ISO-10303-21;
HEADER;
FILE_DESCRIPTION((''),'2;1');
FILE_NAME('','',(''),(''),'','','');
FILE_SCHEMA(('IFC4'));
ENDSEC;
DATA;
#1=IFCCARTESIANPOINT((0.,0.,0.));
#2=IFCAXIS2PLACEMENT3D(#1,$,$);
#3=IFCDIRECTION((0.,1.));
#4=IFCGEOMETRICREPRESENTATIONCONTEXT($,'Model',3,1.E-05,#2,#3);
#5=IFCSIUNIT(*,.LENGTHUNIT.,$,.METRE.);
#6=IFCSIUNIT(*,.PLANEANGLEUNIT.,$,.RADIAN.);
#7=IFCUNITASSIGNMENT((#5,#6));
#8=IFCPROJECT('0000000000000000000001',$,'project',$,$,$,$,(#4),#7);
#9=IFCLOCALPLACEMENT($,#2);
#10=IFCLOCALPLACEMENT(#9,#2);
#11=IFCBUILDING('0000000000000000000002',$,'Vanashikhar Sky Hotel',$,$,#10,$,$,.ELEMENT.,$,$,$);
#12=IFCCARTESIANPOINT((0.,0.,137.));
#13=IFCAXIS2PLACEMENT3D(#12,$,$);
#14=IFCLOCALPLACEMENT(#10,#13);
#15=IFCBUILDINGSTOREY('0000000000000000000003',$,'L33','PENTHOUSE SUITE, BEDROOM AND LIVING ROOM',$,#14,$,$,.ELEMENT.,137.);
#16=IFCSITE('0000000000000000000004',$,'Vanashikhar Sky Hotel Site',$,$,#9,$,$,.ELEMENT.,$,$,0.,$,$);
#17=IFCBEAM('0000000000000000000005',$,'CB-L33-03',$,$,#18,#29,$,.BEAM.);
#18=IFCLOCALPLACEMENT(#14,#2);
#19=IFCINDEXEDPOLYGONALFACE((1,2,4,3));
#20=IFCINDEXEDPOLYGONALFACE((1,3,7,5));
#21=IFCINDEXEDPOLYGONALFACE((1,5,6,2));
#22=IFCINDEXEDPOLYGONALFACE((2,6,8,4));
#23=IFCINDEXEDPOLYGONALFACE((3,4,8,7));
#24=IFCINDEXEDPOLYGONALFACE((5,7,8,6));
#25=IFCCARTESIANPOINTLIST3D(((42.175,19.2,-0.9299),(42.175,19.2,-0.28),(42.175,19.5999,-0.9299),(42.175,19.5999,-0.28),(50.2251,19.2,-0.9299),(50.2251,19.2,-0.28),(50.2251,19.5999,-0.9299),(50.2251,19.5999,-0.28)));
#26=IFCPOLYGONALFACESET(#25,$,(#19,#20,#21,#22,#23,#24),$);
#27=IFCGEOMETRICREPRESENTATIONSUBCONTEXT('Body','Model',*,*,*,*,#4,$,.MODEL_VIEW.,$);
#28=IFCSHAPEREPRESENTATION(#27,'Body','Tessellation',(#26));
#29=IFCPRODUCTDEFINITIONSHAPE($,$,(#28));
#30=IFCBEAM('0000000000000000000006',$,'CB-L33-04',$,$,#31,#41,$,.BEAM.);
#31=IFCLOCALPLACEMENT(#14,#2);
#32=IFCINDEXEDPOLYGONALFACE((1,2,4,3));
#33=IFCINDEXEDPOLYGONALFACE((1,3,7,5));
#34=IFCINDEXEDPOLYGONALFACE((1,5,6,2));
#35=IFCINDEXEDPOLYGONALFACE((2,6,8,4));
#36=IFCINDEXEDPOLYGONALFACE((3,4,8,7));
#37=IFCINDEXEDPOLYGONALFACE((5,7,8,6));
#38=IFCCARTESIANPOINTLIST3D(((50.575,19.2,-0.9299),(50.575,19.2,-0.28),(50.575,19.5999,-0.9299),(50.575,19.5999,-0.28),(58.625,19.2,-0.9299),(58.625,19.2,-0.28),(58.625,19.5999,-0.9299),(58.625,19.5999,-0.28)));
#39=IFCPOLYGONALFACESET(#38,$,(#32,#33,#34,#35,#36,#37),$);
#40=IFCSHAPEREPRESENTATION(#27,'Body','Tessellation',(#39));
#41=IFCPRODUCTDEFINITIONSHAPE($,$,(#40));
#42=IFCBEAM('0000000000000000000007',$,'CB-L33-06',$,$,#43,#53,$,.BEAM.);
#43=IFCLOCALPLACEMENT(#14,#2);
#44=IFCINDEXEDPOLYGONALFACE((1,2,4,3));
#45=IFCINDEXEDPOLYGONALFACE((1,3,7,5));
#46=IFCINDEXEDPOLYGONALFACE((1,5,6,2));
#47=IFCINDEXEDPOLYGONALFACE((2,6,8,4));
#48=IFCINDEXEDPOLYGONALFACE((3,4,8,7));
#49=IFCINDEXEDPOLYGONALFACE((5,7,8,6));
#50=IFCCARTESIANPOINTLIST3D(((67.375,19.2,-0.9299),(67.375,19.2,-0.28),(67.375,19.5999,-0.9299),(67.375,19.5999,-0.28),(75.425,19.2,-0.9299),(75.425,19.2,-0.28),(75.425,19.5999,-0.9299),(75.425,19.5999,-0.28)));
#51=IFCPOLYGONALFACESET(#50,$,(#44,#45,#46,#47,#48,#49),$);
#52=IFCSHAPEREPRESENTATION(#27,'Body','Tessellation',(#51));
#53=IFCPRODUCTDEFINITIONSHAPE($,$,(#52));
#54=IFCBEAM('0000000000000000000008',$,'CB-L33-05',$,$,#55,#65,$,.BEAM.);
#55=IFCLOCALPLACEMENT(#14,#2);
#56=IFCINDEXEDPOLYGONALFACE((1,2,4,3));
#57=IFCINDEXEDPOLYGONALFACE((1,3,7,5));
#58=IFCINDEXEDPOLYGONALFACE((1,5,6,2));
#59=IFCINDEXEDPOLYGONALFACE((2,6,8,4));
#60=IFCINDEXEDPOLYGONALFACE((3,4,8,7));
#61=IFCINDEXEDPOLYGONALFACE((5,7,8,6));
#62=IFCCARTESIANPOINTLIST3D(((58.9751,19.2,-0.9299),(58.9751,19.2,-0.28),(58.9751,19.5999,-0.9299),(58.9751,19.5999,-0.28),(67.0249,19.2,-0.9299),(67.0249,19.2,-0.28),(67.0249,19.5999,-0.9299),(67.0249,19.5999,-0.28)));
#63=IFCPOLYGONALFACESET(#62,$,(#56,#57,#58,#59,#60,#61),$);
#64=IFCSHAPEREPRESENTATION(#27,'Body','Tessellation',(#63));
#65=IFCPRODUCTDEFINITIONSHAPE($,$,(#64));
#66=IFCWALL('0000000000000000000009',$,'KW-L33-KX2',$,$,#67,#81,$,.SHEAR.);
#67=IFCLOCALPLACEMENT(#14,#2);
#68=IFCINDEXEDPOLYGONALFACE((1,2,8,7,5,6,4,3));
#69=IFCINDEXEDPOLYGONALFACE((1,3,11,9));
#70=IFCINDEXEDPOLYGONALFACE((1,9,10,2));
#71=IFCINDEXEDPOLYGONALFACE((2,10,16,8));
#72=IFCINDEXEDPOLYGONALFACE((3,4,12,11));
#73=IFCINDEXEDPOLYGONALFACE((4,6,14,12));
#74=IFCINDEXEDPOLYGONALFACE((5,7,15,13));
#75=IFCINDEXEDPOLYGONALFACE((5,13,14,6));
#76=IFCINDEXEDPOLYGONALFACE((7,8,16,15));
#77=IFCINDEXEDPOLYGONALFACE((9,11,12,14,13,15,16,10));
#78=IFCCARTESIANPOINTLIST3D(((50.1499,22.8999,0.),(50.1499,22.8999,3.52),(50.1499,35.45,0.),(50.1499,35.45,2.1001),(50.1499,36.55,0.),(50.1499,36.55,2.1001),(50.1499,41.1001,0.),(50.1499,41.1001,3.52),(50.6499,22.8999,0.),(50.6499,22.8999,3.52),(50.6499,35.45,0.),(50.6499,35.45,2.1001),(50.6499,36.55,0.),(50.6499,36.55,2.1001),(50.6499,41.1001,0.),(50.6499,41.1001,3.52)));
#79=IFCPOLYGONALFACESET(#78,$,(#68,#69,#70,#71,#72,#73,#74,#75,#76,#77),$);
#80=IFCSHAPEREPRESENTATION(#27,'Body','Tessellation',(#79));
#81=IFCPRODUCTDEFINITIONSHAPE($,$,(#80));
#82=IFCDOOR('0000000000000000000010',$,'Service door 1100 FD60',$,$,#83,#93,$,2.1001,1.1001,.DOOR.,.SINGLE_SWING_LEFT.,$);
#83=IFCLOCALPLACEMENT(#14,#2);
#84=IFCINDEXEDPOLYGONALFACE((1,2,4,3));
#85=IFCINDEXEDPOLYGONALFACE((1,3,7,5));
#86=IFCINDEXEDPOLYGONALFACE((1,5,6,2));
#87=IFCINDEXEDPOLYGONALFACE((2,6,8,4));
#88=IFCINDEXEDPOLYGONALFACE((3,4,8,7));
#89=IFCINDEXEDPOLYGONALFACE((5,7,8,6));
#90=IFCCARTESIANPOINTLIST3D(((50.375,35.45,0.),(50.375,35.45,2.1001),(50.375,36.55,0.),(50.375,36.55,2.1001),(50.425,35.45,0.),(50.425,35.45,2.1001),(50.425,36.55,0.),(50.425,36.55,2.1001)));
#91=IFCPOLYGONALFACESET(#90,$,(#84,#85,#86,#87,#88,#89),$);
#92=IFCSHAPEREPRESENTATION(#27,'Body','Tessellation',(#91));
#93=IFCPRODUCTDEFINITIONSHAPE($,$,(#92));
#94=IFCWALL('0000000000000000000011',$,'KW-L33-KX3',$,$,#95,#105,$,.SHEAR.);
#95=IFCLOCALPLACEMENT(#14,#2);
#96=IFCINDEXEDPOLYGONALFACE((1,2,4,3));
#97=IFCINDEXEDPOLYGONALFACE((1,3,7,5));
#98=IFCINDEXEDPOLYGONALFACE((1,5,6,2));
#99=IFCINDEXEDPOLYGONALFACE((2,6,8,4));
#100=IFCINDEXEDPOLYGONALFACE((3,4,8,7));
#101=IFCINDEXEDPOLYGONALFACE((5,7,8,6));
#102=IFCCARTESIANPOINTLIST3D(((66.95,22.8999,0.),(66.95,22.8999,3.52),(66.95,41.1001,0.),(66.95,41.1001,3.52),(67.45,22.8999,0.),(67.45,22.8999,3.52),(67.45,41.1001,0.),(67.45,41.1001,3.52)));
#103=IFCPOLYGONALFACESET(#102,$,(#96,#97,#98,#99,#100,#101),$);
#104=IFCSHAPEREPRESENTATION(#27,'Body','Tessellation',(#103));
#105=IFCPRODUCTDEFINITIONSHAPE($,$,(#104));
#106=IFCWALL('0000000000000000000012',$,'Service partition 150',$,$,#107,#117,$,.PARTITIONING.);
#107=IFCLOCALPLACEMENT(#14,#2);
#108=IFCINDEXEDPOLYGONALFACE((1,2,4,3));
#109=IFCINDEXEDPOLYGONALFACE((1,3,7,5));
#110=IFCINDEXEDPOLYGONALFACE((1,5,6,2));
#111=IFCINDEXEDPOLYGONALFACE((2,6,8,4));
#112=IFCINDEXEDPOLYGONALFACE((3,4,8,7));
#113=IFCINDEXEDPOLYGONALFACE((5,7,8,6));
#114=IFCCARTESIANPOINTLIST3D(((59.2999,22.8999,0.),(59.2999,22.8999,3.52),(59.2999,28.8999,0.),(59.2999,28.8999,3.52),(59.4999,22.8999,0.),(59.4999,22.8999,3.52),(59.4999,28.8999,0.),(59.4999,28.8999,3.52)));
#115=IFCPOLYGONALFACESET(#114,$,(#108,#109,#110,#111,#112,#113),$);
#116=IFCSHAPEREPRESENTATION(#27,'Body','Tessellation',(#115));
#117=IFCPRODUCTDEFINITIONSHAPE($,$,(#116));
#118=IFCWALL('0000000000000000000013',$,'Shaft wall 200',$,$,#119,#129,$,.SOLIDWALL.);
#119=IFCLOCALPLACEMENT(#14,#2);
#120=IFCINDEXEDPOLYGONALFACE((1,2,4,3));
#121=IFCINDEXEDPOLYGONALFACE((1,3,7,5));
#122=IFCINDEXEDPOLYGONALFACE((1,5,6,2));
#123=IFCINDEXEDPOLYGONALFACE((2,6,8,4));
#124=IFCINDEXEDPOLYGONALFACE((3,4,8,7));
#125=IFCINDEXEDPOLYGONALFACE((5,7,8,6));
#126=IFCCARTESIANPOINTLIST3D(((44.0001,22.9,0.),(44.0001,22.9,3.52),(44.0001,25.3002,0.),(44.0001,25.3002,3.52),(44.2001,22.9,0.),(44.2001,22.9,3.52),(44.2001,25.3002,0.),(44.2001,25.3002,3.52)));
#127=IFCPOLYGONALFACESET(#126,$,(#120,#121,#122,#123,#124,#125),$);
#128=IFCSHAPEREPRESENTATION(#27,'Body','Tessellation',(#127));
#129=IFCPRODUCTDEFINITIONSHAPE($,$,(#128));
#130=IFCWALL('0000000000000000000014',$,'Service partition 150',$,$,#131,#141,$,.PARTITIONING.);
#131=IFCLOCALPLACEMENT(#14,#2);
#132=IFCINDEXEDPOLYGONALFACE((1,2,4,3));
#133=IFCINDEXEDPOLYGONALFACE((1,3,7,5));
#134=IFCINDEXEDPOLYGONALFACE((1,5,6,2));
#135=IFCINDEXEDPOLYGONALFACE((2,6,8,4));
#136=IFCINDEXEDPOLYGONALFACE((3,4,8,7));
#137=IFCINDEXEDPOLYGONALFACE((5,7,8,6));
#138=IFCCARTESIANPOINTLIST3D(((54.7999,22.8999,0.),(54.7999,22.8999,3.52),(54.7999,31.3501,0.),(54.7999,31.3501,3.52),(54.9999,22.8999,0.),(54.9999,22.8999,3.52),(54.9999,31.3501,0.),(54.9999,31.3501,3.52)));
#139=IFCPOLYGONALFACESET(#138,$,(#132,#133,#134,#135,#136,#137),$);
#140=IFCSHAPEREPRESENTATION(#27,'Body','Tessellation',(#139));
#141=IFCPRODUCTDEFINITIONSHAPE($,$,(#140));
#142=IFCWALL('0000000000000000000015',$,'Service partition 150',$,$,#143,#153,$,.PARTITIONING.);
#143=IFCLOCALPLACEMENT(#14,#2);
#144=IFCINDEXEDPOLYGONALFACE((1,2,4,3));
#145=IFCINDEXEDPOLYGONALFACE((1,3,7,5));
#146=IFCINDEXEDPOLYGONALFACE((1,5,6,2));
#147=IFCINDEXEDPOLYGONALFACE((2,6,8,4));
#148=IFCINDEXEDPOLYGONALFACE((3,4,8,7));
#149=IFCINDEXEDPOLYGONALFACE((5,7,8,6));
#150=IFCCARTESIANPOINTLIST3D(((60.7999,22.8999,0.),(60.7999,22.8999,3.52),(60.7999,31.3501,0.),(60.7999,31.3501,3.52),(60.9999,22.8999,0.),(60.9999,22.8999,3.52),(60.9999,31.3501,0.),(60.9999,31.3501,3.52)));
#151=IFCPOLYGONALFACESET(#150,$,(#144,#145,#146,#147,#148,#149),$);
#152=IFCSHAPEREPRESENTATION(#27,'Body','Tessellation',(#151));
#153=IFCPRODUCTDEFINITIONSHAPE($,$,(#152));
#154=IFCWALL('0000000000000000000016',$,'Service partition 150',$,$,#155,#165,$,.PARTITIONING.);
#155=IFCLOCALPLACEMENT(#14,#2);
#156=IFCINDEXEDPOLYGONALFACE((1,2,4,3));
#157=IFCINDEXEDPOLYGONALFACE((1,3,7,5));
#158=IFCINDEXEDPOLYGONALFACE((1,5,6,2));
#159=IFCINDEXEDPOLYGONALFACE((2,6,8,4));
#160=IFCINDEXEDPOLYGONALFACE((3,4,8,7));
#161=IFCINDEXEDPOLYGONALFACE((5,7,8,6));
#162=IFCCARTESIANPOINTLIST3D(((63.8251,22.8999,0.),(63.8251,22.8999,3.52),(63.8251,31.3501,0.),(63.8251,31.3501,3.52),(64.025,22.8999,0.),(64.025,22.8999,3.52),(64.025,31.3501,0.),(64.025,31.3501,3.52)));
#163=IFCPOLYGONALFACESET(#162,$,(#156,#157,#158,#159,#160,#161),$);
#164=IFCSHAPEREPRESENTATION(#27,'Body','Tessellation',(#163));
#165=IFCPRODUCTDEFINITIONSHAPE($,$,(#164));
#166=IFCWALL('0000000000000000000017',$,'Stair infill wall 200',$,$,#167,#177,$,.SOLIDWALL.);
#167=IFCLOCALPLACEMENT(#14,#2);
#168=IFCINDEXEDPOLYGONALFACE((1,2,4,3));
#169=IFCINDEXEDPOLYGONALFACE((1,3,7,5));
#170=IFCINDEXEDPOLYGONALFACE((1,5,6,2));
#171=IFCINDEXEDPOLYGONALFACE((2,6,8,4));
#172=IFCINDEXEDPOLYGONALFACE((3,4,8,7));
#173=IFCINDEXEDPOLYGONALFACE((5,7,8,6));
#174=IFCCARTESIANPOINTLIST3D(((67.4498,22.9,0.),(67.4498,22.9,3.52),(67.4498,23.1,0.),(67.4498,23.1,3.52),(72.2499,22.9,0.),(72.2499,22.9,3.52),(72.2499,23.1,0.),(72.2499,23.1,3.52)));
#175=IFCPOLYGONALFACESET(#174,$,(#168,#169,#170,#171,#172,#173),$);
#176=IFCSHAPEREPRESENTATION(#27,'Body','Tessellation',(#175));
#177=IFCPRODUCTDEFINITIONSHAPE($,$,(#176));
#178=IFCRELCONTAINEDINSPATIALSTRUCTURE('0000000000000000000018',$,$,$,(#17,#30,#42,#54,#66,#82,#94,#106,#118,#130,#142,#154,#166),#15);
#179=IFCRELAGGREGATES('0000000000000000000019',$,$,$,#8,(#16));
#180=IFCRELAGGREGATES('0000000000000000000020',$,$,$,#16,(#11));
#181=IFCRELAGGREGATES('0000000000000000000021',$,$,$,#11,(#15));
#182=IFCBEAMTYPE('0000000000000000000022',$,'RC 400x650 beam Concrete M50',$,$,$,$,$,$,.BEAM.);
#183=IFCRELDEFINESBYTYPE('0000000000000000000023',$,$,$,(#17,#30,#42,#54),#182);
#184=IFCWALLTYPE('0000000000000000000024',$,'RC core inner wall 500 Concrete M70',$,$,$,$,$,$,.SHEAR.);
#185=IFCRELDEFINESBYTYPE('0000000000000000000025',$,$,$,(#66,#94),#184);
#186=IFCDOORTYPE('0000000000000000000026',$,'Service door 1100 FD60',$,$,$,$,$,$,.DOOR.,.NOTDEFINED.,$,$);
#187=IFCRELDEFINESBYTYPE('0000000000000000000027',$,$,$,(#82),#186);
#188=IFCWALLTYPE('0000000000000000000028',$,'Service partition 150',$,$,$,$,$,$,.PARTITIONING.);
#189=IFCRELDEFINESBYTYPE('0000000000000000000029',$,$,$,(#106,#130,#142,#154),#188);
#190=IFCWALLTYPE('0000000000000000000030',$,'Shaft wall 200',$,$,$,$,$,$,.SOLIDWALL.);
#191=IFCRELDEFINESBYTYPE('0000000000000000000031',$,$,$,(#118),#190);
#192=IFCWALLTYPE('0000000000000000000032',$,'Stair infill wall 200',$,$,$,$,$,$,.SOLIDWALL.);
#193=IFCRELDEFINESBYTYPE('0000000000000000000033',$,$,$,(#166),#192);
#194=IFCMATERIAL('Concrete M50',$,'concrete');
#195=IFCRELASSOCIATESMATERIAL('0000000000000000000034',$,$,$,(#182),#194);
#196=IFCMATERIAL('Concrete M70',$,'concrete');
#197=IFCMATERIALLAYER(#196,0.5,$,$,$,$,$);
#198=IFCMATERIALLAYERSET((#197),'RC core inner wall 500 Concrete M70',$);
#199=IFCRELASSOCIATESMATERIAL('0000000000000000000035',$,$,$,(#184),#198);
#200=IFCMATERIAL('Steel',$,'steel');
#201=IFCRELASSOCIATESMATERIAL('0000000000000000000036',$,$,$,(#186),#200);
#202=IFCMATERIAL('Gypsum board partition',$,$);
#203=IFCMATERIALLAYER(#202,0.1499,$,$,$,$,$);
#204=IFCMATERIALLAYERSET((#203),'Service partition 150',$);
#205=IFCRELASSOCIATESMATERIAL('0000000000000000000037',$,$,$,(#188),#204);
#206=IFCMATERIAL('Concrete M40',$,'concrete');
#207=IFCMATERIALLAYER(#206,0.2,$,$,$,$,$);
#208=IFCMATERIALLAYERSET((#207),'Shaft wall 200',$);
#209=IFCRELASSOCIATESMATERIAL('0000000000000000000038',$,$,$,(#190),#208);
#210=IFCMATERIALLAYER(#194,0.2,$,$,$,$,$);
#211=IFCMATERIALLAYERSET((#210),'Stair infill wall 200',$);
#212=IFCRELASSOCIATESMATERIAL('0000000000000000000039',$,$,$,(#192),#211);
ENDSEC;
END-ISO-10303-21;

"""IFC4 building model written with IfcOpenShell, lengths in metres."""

from ifc_helpers import new_model, si_unit, direction, frame, frame_2d, origin, origin_2d, place, context, subcontext, project, spatial, rectangle, extrude, source, transform, mapped, material, layer, layer_set, material_profile, profile_set, type_object, element, fill, save


model = new_model("IFC4")

# Units and contexts
model_context = context("Model", 3, precision=1e-05, world=origin(), true_north=direction((0.0, 1.0)))
body_context = subcontext(model_context, "Body", "Model", "MODEL_VIEW")
ifc_project = project(units=[si_unit("LENGTHUNIT", "METRE"), si_unit("PLANEANGLEUNIT", "RADIAN")], contexts=[model_context])

# Site, building, storey
site_placement = place(None, origin())
site = spatial("IfcSite", under=ifc_project, at=site_placement, Name="Vanashikhar Sky Hotel Site", CompositionType="ELEMENT", RefElevation=0.0)
building_placement = place(site_placement, origin())
building = spatial("IfcBuilding", under=site, at=building_placement, Name="Vanashikhar Sky Hotel", CompositionType="ELEMENT")
storey_placement = place(building_placement, frame((0.0, 0.0, 137.0)))
storey = spatial("IfcBuildingStorey", under=building, at=storey_placement, Name="L33", Description="PENTHOUSE SUITE, BEDROOM AND LIVING ROOM", CompositionType="ELEMENT", Elevation=137.0)

# Beams
ifc_material_1 = material(Name="Concrete M50", Category="concrete")
ifc_material_profile = material_profile(ifc_material_1, rectangle(XDim=0.3999, YDim=0.6499, at=origin_2d()))
ifc_profile_set = profile_set([ifc_material_profile], Name="RC 400x650 beam Concrete M50")
beam_type = type_object("IfcBeamType", Name="RC 400x650 beam Concrete M50", PredefinedType="BEAM", material=ifc_profile_set)
shared_shape_1 = source(origin(), body_context, "Body", "SweptSolid", [
    extrude(rectangle(XDim=0.3999, YDim=0.6499, at=origin_2d()), origin(), (0.0, 0.0, 1.0), 8.05),
])
for number, where, z_axis, x_axis, name in (
    (1, (42.175, 19.3999, -0.605), (1.0, 0.0, 0.0), (0.0, 1.0, 0.0), "CB-L33-03"),
    (2, (50.575, 19.3999, -0.605), (1.0, 0.0, 0.0), (0.0, 1.0, 0.0), "CB-L33-04"),
    (3, (67.375, 19.3999, -0.605), (1.0, 0.0, 0.0), (0.0, 1.0, 0.0), "CB-L33-06"),
):
    element("IfcBeam", number, at=place(storey_placement, frame(where, z_axis=z_axis, x_axis=x_axis)), inside=storey, type_object=beam_type, Name=name, PredefinedType="BEAM", context=body_context, shape_type="MappedRepresentation", body=[
        mapped(shared_shape_1, transform((0.0, 0.0, 0.0), scale=1.0)),
    ])
shared_shape_2 = source(origin(), body_context, "Body", "SweptSolid", [
    extrude(rectangle(XDim=0.3999, YDim=0.6499, at=origin_2d()), origin(), (0.0, 0.0, 1.0), 8.0498),
])
beam_placement = place(storey_placement, frame((58.9751, 19.3999, -0.605), z_axis=(1.0, 0.0, 0.0), x_axis=(0.0, 1.0, 0.0)))
element("IfcBeam", 4, at=beam_placement, inside=storey, type_object=beam_type, Name="CB-L33-05", PredefinedType="BEAM", context=body_context, shape_type="MappedRepresentation", body=[
    mapped(shared_shape_2, transform((0.0, 0.0, 0.0), scale=1.0)),
])

# Wall, opening, door
ifc_material_2 = material(Name="Concrete M70", Category="concrete")
ifc_layer_1 = layer(ifc_material_2, 0.5)
ifc_layer_set_1 = layer_set([ifc_layer_1], Name="RC core inner wall 500 Concrete M70")
wall_type_1 = type_object("IfcWallType", Name="RC core inner wall 500 Concrete M70", PredefinedType="SHEAR", material=ifc_layer_set_1)
shared_shape_3 = source(origin(), body_context, "Body", "SweptSolid", [
    extrude(rectangle(XDim=18.2002, YDim=0.5, at=frame_2d((9.1001, 0.0))), origin(), (0.0, 0.0, 1.0), 3.52),
])
wall_1_placement = place(storey_placement, frame((50.3999, 22.8999, 0.0), z_axis=(0.0, 0.0, 1.0), x_axis=(0.0, 1.0, 0.0)))
wall_1 = element("IfcWall", 5, at=wall_1_placement, inside=storey, type_object=wall_type_1, Name="KW-L33-KX2", PredefinedType="SHEAR", context=body_context, shape_type="MappedRepresentation", body=[
    mapped(shared_shape_3, transform((0.0, 0.0, 0.0), scale=1.0)),
])
shared_shape_4 = source(origin(), body_context, "Body", "SweptSolid", [
    extrude(rectangle(XDim=1.1001, YDim=2.1001, at=frame_2d((0.55, 1.05))), frame((0.0, 0.26, 0.0), z_axis=(0.0, -1.0, 0.0), x_axis=(1.0, 0.0, 0.0)), (0.0, 0.0, 1.0), 0.52),
])
opening_1_placement = place(wall_1_placement, frame((12.55, 0.0, 0.0)))
opening_1 = element("IfcOpeningElement", 6, at=opening_1_placement, cuts=wall_1, PredefinedType="OPENING", context=body_context, shape_type="MappedRepresentation", body=[
    mapped(shared_shape_4, transform((0.0, 0.0, 0.0), scale=1.0)),
])
ifc_material_3 = material(Name="Steel", Category="steel")
door_type_1 = type_object("IfcDoorType", Name="Service door 1100 FD60", OperationType="NOTDEFINED", PredefinedType="DOOR", material=ifc_material_3)
shared_shape_5 = source(origin(), body_context, "Body", "SweptSolid", [
    extrude(rectangle(XDim=1.1001, YDim=2.1001, at=frame_2d((0.55, 1.05))), frame((0.0, 0.0249, 0.0), z_axis=(0.0, -1.0, 0.0), x_axis=(1.0, 0.0, 0.0)), (0.0, 0.0, 1.0), 0.05),
])
door_1_placement = place(opening_1_placement, origin())
door_1 = element("IfcDoor", 7, at=door_1_placement, inside=storey, type_object=door_type_1, Name="Service door 1100 FD60", OperationType="SINGLE_SWING_LEFT", OverallHeight=2.1001, OverallWidth=1.1001, PredefinedType="DOOR", context=body_context, shape_type="MappedRepresentation", body=[
    mapped(shared_shape_5, transform((0.0, 0.0, 0.0), scale=1.0)),
])
fill(opening_1, door_1)

# Walls
wall_2_placement = place(storey_placement, frame((67.2, 22.8999, 0.0), z_axis=(0.0, 0.0, 1.0), x_axis=(0.0, 1.0, 0.0)))
element("IfcWall", 8, at=wall_2_placement, inside=storey, type_object=wall_type_1, Name="KW-L33-KX3", PredefinedType="SHEAR", context=body_context, shape_type="MappedRepresentation", body=[
    mapped(shared_shape_3, transform((0.0, 0.0, 0.0), scale=1.0)),
])
ifc_material_4 = material(Name="Gypsum board partition")
ifc_layer_2 = layer(ifc_material_4, 0.1499)
ifc_layer_set_2 = layer_set([ifc_layer_2], Name="Service partition 150")
wall_type_2 = type_object("IfcWallType", Name="Service partition 150", PredefinedType="PARTITIONING", material=ifc_layer_set_2)
shared_shape_6 = source(origin(), body_context, "Body", "SweptSolid", [
    extrude(rectangle(XDim=6.0, YDim=0.2, at=frame_2d((3.0, 0.0))), origin(), (0.0, 0.0, 1.0), 3.52),
])
wall_3_placement = place(storey_placement, frame((59.3999, 22.8999, 0.0), z_axis=(0.0, 0.0, 1.0), x_axis=(0.0, 1.0, 0.0)))
element("IfcWall", 9, at=wall_3_placement, inside=storey, type_object=wall_type_2, Name="Service partition 150", PredefinedType="PARTITIONING", context=body_context, shape_type="MappedRepresentation", body=[
    mapped(shared_shape_6, transform((0.0, 0.0, 0.0), scale=1.0)),
])
ifc_material_5 = material(Name="Concrete M40", Category="concrete")
ifc_layer_3 = layer(ifc_material_5, 0.2)
ifc_layer_set_3 = layer_set([ifc_layer_3], Name="Shaft wall 200")
wall_type_3 = type_object("IfcWallType", Name="Shaft wall 200", PredefinedType="SOLIDWALL", material=ifc_layer_set_3)
shared_shape_7 = source(origin(), body_context, "Body", "SweptSolid", [
    extrude(rectangle(XDim=2.4001, YDim=0.2, at=frame_2d((1.2002, 0.0))), origin(), (0.0, 0.0, 1.0), 3.52),
])
wall_4_placement = place(storey_placement, frame((44.1001, 22.8999, 0.0), z_axis=(0.0, 0.0, 1.0), x_axis=(0.0, 1.0, 0.0)))
element("IfcWall", 10, at=wall_4_placement, inside=storey, type_object=wall_type_3, Name="Shaft wall 200", PredefinedType="SOLIDWALL", context=body_context, shape_type="MappedRepresentation", body=[
    mapped(shared_shape_7, transform((0.0, 0.0, 0.0), scale=1.0)),
])
shared_shape_8 = source(origin(), body_context, "Body", "SweptSolid", [
    extrude(rectangle(XDim=8.4502, YDim=0.2, at=frame_2d((4.2251, 0.0))), origin(), (0.0, 0.0, 1.0), 3.52),
])
for number, where, z_axis, x_axis, name in (
    (11, (54.8999, 22.8999, 0.0), (0.0, 0.0, 1.0), (0.0, 1.0, 0.0), "Service partition 150"),
    (12, (60.8999, 22.8999, 0.0), (0.0, 0.0, 1.0), (0.0, 1.0, 0.0), "Service partition 150"),
    (13, (63.925, 22.8999, 0.0), (0.0, 0.0, 1.0), (0.0, 1.0, 0.0), "Service partition 150"),
):
    element("IfcWall", number, at=place(storey_placement, frame(where, z_axis=z_axis, x_axis=x_axis)), inside=storey, type_object=wall_type_2, Name=name, PredefinedType="PARTITIONING", context=body_context, shape_type="MappedRepresentation", body=[
        mapped(shared_shape_8, transform((0.0, 0.0, 0.0), scale=1.0)),
    ])
ifc_layer_4 = layer(ifc_material_1, 0.2)
ifc_layer_set_4 = layer_set([ifc_layer_4], Name="Stair infill wall 200")
wall_type_4 = type_object("IfcWallType", Name="Stair infill wall 200", PredefinedType="SOLIDWALL", material=ifc_layer_set_4)
shared_shape_9 = source(origin(), body_context, "Body", "SweptSolid", [
    extrude(rectangle(XDim=4.8, YDim=0.2, at=frame_2d((2.3999, 0.0))), origin(), (0.0, 0.0, 1.0), 3.52),
])
wall_5_placement = place(storey_placement, frame((67.45, 23.0, 0.0), z_axis=(0.0, 0.0, 1.0), x_axis=(1.0, 0.0, 0.0)))
element("IfcWall", 14, at=wall_5_placement, inside=storey, type_object=wall_type_4, Name="Stair infill wall 200", PredefinedType="SOLIDWALL", context=body_context, shape_type="MappedRepresentation", body=[
    mapped(shared_shape_9, transform((0.0, 0.0, 0.0), scale=1.0)),
])

save(model, "model.ifc")
